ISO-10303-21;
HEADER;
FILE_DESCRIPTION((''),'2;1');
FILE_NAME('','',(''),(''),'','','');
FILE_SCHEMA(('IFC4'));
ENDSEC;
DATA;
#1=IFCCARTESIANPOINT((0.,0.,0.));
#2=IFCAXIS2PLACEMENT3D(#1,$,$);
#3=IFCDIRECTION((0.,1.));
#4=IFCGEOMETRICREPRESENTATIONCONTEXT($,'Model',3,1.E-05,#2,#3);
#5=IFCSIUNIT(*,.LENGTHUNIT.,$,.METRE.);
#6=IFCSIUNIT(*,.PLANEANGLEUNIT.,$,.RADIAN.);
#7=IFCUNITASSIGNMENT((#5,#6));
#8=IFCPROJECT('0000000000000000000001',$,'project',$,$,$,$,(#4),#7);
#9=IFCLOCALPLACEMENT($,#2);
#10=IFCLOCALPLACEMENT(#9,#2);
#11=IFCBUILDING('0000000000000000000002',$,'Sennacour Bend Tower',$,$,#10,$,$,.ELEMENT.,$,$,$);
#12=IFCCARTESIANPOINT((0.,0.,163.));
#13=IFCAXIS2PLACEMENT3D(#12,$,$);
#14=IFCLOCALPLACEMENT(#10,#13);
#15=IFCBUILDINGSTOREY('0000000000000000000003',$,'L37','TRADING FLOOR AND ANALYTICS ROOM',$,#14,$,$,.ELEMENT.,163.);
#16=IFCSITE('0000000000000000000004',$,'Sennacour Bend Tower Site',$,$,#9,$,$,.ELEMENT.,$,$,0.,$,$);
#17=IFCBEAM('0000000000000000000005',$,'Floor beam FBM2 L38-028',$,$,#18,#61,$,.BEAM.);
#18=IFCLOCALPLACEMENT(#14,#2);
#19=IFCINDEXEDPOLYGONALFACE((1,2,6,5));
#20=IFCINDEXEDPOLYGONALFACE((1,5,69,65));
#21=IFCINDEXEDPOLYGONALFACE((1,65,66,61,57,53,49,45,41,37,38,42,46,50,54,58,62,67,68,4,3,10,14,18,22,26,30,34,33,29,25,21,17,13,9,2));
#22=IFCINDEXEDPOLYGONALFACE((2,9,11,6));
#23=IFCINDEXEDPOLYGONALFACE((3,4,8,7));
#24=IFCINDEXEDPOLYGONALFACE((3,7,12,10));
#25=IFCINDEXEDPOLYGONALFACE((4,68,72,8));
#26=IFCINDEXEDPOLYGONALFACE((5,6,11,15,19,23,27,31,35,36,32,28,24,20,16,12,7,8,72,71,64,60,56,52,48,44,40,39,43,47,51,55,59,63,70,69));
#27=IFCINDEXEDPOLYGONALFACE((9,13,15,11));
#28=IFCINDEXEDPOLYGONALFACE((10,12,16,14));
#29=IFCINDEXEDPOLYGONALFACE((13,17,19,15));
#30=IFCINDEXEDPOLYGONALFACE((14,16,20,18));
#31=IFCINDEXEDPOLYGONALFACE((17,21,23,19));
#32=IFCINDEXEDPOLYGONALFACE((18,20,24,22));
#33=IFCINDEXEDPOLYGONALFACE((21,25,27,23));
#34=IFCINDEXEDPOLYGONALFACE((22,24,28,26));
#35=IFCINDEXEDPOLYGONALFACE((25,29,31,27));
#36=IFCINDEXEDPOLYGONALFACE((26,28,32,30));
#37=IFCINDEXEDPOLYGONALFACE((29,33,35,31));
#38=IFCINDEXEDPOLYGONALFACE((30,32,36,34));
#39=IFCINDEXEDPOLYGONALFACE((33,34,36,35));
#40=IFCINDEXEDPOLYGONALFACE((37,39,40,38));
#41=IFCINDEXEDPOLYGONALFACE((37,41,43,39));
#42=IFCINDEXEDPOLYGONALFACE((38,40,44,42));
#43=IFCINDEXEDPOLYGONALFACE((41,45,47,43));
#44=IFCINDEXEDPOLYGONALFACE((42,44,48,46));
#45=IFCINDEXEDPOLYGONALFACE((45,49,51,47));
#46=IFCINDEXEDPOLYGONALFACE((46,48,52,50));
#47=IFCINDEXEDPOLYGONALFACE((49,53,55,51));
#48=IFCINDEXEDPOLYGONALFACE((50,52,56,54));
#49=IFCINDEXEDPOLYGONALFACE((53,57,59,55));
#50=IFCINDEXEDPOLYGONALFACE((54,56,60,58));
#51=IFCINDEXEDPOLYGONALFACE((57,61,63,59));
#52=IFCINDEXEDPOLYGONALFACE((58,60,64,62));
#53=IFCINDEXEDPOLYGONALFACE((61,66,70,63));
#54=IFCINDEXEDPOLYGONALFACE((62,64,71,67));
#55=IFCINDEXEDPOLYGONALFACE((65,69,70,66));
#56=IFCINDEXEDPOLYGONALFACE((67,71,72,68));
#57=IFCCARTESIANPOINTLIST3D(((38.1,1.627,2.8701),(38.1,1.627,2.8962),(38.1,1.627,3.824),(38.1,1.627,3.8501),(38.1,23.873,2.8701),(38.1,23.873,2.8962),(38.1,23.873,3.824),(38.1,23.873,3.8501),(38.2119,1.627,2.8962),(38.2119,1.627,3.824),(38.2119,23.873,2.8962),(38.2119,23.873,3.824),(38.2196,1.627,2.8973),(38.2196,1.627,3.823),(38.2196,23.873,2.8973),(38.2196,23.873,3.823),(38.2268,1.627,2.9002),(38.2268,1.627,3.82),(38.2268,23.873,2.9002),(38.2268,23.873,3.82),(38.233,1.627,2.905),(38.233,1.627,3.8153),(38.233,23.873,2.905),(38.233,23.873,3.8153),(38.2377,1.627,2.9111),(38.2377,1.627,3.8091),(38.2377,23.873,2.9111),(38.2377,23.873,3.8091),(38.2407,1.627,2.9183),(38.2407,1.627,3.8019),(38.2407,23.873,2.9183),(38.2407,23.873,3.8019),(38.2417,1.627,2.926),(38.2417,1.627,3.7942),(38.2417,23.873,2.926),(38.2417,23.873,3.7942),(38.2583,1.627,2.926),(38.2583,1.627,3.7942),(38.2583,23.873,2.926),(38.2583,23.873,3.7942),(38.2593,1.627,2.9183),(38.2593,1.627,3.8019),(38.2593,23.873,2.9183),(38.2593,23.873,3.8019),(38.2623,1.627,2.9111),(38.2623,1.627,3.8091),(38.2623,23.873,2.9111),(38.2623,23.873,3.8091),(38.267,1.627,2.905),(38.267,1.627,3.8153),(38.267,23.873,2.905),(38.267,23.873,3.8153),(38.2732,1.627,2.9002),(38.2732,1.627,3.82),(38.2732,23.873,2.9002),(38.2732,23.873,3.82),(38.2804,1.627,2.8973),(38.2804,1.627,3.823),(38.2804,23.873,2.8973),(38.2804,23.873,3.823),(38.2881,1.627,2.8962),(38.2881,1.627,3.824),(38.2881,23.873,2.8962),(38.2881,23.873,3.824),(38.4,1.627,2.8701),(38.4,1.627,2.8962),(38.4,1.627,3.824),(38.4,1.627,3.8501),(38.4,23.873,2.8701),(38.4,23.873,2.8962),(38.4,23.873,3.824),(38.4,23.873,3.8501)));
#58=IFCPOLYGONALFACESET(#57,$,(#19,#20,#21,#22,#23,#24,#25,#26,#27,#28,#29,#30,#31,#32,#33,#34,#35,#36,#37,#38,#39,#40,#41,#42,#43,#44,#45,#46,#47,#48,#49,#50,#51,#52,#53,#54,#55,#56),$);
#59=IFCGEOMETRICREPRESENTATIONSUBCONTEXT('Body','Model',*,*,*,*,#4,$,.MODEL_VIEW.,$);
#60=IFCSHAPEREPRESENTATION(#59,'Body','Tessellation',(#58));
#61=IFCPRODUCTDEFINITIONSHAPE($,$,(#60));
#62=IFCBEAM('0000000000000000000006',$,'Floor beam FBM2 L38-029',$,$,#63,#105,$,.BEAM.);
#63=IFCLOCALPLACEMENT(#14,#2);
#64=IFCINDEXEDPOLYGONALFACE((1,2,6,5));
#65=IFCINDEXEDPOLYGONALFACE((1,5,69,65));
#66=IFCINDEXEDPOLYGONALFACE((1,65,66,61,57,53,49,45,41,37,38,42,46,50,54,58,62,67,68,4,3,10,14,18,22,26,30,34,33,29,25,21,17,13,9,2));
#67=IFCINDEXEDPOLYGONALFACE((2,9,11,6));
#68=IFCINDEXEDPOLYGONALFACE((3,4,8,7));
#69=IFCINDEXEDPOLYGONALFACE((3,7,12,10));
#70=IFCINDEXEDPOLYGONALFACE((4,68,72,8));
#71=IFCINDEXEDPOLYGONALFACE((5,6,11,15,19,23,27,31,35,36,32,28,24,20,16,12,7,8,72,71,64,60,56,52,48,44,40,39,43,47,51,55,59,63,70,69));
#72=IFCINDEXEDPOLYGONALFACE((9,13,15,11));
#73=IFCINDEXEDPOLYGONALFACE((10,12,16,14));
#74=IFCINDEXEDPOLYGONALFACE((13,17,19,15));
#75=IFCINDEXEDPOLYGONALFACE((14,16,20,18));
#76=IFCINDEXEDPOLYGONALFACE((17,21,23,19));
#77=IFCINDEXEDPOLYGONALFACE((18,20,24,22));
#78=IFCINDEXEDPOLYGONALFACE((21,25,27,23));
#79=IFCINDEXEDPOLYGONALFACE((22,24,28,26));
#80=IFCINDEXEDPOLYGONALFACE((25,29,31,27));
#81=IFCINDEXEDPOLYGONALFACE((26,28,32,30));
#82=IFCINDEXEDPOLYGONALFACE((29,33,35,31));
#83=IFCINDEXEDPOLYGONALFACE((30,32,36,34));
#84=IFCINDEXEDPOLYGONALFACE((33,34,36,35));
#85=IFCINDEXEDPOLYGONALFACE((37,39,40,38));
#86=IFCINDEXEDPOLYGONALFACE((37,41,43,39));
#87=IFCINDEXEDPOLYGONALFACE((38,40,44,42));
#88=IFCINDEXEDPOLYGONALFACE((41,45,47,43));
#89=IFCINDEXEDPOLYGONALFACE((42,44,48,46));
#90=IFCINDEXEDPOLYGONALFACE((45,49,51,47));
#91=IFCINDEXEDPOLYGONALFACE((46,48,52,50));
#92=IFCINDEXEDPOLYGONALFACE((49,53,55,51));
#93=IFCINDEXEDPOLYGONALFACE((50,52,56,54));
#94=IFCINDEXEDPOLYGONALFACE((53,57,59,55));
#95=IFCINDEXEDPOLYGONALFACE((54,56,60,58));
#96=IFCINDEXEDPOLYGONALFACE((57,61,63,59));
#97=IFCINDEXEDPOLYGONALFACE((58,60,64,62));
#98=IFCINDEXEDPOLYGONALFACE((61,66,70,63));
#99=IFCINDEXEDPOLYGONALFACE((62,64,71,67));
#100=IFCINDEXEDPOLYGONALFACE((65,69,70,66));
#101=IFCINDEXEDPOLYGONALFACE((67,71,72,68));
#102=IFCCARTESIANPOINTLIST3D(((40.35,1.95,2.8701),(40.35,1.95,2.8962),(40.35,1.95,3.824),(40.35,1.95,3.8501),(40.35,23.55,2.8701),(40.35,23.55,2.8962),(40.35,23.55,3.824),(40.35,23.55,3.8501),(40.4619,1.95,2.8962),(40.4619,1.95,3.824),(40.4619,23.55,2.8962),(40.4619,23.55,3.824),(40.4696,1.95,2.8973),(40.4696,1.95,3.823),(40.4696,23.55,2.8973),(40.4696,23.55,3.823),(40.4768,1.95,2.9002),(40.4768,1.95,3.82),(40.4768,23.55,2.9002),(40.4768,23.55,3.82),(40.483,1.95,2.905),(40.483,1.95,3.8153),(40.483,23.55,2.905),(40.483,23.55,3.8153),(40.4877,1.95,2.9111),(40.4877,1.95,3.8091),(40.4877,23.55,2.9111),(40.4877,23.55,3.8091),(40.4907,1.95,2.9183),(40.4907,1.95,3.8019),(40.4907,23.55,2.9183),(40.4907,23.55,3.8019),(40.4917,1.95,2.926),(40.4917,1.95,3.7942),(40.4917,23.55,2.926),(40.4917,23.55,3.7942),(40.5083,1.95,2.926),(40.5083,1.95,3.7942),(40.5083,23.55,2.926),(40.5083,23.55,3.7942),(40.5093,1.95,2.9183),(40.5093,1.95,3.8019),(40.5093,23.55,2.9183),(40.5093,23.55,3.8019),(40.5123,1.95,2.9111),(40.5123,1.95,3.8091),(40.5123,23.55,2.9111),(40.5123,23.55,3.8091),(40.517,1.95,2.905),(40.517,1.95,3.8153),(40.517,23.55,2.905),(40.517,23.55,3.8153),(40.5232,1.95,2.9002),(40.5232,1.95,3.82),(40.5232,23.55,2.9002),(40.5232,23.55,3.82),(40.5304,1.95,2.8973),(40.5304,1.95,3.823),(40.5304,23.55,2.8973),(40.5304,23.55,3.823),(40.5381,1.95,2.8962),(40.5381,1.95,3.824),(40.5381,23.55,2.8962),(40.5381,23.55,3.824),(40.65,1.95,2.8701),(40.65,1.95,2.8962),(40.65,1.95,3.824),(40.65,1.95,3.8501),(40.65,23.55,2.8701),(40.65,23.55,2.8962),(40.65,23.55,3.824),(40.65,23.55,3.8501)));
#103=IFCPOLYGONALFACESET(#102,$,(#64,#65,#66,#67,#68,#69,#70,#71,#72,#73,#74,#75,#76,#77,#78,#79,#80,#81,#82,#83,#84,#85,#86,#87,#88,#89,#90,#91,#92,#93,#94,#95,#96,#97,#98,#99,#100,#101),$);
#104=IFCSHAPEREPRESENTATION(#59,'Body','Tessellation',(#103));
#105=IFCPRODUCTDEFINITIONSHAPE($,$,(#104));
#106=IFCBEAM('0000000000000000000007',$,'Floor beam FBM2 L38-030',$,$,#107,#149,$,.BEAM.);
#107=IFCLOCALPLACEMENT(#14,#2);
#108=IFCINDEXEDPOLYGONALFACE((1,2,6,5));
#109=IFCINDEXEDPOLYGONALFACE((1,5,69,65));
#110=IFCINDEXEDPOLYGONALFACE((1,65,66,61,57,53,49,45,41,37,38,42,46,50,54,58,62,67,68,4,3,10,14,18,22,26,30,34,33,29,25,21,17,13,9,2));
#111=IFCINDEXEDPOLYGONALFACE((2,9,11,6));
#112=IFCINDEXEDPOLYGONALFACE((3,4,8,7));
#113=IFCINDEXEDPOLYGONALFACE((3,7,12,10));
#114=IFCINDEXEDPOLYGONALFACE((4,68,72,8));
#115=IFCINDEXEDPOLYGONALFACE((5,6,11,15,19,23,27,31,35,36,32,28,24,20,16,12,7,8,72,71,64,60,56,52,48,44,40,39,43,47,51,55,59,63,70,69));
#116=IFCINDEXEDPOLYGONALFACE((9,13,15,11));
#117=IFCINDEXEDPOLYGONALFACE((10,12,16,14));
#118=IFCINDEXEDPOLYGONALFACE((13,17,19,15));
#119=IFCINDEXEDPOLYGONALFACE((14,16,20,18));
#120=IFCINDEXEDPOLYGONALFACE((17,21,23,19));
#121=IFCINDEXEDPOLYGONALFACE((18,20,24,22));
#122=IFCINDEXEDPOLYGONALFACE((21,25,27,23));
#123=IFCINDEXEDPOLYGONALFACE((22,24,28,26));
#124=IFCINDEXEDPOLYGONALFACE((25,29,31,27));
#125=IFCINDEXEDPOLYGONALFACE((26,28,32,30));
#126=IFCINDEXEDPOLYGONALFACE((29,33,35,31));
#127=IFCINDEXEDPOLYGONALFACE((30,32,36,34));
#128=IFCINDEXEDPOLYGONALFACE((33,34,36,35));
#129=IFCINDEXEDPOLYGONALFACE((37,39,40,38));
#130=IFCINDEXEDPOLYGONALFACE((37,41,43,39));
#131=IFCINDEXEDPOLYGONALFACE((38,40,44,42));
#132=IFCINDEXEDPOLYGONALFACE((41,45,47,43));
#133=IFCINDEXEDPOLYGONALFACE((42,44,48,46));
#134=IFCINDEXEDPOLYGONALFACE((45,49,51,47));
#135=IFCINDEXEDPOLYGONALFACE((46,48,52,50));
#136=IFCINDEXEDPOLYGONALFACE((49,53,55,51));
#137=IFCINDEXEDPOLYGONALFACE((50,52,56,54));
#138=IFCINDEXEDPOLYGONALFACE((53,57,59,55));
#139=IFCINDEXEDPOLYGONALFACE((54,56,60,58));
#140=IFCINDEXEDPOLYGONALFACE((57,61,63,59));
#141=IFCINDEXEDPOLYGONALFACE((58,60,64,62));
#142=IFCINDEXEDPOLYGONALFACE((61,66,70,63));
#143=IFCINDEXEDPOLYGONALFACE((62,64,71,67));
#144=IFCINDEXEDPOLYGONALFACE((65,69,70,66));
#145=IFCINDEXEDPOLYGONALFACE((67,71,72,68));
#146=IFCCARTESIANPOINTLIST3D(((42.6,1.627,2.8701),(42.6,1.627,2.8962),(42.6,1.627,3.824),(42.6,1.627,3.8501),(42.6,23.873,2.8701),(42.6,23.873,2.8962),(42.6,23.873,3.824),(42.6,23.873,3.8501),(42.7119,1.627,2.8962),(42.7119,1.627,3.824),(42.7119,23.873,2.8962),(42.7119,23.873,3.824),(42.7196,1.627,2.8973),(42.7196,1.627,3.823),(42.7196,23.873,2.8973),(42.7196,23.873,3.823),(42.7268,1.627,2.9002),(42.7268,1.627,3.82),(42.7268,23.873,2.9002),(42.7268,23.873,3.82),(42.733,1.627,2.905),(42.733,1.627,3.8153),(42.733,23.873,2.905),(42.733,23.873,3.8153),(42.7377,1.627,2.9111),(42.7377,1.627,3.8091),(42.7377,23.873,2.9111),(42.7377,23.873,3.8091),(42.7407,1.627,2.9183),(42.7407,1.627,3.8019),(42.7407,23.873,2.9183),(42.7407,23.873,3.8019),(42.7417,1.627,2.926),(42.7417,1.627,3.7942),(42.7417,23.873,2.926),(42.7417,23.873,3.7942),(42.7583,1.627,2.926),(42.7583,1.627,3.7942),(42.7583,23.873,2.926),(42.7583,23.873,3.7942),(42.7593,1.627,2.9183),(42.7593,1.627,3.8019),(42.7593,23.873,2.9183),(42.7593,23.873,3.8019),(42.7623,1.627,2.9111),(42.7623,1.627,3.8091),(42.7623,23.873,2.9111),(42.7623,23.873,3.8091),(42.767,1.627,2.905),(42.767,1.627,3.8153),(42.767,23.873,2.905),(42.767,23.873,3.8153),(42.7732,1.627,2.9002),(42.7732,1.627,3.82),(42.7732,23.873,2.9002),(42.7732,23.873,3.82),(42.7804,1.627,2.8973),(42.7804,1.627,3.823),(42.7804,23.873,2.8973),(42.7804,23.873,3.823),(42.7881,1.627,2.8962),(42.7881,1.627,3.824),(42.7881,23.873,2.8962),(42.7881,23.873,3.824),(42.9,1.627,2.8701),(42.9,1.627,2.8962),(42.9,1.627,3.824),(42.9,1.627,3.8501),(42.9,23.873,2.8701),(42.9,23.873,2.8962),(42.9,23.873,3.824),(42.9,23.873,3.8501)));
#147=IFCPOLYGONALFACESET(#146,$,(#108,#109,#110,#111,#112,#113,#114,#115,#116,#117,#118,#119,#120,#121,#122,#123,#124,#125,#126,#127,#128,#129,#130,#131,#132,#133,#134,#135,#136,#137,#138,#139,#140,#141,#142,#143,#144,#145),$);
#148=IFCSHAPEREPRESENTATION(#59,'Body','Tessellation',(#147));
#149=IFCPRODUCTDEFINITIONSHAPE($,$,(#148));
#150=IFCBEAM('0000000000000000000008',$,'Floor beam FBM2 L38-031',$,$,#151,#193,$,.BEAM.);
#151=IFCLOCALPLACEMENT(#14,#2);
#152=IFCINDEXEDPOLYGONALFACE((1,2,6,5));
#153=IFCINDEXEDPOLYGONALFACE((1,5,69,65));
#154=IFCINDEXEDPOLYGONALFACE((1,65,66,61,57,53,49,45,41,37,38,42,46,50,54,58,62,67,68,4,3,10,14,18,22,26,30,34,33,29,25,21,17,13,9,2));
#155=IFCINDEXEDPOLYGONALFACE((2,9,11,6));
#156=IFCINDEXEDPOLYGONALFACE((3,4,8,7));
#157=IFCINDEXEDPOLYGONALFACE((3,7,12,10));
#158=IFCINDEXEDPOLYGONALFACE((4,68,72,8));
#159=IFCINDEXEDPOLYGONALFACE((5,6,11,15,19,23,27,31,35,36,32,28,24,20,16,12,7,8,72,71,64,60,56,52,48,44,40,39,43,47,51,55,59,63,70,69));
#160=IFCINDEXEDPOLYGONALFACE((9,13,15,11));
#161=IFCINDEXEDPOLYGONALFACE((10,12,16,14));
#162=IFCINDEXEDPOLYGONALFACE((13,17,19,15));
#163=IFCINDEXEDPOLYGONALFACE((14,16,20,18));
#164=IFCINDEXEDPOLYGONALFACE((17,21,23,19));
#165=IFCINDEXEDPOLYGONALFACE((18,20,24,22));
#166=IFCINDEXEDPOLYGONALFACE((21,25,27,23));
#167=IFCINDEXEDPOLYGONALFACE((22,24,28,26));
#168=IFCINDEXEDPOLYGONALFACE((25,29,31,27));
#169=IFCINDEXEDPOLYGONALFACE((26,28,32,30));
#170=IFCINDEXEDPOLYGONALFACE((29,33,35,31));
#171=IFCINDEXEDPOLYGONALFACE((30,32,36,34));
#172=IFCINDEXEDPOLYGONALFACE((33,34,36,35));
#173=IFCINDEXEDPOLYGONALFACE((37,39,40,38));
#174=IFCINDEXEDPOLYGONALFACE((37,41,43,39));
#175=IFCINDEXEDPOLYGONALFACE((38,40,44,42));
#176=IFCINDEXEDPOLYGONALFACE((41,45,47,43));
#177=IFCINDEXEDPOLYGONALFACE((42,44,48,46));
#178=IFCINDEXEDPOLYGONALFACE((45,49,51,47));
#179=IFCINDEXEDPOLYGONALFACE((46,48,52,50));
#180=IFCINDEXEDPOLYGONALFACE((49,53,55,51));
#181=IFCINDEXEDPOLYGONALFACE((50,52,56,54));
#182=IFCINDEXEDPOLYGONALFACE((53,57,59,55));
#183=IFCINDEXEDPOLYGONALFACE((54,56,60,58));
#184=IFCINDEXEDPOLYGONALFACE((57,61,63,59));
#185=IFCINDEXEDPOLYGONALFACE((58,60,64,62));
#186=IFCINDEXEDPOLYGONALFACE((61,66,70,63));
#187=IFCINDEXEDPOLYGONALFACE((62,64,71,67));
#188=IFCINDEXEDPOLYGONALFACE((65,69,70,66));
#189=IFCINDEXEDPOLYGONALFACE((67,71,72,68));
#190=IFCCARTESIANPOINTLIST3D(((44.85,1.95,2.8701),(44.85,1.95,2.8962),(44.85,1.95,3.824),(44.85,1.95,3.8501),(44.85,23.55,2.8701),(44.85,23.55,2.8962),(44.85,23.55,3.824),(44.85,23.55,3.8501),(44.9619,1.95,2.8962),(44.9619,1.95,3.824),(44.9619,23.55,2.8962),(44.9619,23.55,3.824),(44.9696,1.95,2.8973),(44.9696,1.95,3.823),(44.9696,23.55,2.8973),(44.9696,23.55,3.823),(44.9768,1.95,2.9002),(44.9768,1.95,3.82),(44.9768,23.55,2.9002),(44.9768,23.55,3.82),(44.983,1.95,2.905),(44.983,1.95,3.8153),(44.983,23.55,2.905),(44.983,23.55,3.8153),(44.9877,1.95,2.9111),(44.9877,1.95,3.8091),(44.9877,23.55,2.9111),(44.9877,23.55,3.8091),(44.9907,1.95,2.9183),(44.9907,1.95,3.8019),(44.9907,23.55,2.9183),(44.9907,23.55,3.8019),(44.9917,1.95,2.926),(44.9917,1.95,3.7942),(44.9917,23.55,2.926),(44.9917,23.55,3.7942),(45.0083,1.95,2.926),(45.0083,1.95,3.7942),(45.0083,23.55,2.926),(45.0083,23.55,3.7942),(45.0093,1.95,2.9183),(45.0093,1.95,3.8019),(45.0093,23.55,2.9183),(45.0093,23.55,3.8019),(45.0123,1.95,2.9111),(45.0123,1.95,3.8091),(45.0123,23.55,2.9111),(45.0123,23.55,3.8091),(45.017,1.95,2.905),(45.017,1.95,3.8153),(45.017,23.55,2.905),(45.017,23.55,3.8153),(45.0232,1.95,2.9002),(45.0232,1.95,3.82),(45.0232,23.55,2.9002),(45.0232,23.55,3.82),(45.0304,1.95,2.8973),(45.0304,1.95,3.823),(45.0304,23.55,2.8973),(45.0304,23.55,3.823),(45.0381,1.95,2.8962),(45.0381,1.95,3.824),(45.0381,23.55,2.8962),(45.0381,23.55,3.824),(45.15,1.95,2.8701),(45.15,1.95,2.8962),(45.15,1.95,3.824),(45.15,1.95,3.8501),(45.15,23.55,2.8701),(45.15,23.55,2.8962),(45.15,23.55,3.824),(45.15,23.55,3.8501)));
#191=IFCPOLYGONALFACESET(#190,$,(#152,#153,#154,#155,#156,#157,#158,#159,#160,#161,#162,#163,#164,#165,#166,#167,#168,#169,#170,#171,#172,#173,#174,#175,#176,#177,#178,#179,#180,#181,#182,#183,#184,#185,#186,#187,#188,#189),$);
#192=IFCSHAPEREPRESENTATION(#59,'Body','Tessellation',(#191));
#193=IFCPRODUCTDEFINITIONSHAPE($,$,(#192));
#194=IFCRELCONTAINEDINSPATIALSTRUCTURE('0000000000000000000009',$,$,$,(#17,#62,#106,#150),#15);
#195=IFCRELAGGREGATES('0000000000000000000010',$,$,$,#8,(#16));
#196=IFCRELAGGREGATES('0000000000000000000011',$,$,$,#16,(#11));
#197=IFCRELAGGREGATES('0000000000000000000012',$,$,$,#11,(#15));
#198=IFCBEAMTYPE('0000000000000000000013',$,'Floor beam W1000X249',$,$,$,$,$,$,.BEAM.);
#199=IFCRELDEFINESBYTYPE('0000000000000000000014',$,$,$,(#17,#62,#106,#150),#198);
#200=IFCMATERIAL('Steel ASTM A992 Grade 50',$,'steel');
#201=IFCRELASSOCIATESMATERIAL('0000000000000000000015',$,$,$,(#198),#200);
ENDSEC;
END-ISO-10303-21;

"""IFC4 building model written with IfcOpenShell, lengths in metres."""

from ifc_helpers import new_model, si_unit, direction, frame, origin, origin_2d, place, context, subcontext, project, spatial, i_section, extrude, material, material_profile, profile_set, type_object, element, save


model = new_model("IFC4")

# Units and contexts
model_context = context("Model", 3, precision=1e-05, world=origin(), true_north=direction((0.0, 1.0)))
body_context = subcontext(model_context, "Body", "Model", "MODEL_VIEW")
ifc_project = project(units=[si_unit("LENGTHUNIT", "METRE"), si_unit("PLANEANGLEUNIT", "RADIAN")], contexts=[model_context])

# Site, building, storey
site_placement = place(None, origin())
site = spatial("IfcSite", under=ifc_project, at=site_placement, Name="Sennacour Bend Tower Site", CompositionType="ELEMENT", RefElevation=0.0)
building_placement = place(site_placement, origin())
building = spatial("IfcBuilding", under=site, at=building_placement, Name="Sennacour Bend Tower", CompositionType="ELEMENT")
storey_placement = place(building_placement, frame((0.0, 0.0, 163.0)))
storey = spatial("IfcBuildingStorey", under=building, at=storey_placement, Name="L37", Description="TRADING FLOOR AND ANALYTICS ROOM", CompositionType="ELEMENT", Elevation=163.0)

# Beams
ifc_material_1 = material(Name="Steel ASTM A992 Grade 50", Category="steel")
ifc_material_profile_1 = material_profile(ifc_material_1, i_section(OverallWidth=0.3, OverallDepth=0.98, WebThickness=0.0166, FlangeThickness=0.0261, FilletRadius=0.0298, at=origin_2d()), Name="Steel ASTM A992 Grade 50", Category="steel")
ifc_profile_set_1 = profile_set([ifc_material_profile_1], Name="Steel ASTM A992 Grade 50")
beam_type_1 = type_object("IfcBeamType", Name="Floor beam W1000X249", PredefinedType="BEAM", material=ifc_profile_set_1)
beam_1_placement = place(storey_placement, frame((38.25, 1.627, 3.3601), z_axis=(0.0, 1.0, 0.0), x_axis=(-1.0, 0.0, 0.0)))
element("IfcBeam", 1, at=beam_1_placement, inside=storey, type_object=beam_type_1, Name="Floor beam FBM2 L38-028", PredefinedType="BEAM", context=body_context, shape_type="SweptSolid", body=[
    extrude(i_section(OverallWidth=0.3, OverallDepth=0.98, WebThickness=0.0166, FlangeThickness=0.0261, FilletRadius=0.0298, at=origin_2d()), origin(), (0.0, 0.0, 1.0), 22.2461),
])
beam_2_placement = place(storey_placement, frame((40.5, 1.95, 3.3601), z_axis=(0.0, 1.0, 0.0), x_axis=(-1.0, 0.0, 0.0)))
element("IfcBeam", 2, at=beam_2_placement, inside=storey, type_object=beam_type_1, Name="Floor beam FBM2 L38-029", PredefinedType="BEAM", context=body_context, shape_type="SweptSolid", body=[
    extrude(i_section(OverallWidth=0.3, OverallDepth=0.98, WebThickness=0.0166, FlangeThickness=0.0261, FilletRadius=0.0298, at=origin_2d()), origin(), (0.0, 0.0, 1.0), 21.6001),
])
beam_3_placement = place(storey_placement, frame((42.75, 1.627, 3.3601), z_axis=(0.0, 1.0, 0.0), x_axis=(-1.0, 0.0, 0.0)))
element("IfcBeam", 3, at=beam_3_placement, inside=storey, type_object=beam_type_1, Name="Floor beam FBM2 L38-030", PredefinedType="BEAM", context=body_context, shape_type="SweptSolid", body=[
    extrude(i_section(OverallWidth=0.3, OverallDepth=0.98, WebThickness=0.0166, FlangeThickness=0.0261, FilletRadius=0.0298, at=origin_2d()), origin(), (0.0, 0.0, 1.0), 22.2461),
])
beam_4_placement = place(storey_placement, frame((45.0, 1.95, 3.3601), z_axis=(0.0, 1.0, 0.0), x_axis=(-1.0, 0.0, 0.0)))
element("IfcBeam", 4, at=beam_4_placement, inside=storey, type_object=beam_type_1, Name="Floor beam FBM2 L38-031", PredefinedType="BEAM", context=body_context, shape_type="SweptSolid", body=[
    extrude(i_section(OverallWidth=0.3, OverallDepth=0.98, WebThickness=0.0166, FlangeThickness=0.0261, FilletRadius=0.0298, at=origin_2d()), origin(), (0.0, 0.0, 1.0), 21.6001),
])

save(model, "model.ifc")
